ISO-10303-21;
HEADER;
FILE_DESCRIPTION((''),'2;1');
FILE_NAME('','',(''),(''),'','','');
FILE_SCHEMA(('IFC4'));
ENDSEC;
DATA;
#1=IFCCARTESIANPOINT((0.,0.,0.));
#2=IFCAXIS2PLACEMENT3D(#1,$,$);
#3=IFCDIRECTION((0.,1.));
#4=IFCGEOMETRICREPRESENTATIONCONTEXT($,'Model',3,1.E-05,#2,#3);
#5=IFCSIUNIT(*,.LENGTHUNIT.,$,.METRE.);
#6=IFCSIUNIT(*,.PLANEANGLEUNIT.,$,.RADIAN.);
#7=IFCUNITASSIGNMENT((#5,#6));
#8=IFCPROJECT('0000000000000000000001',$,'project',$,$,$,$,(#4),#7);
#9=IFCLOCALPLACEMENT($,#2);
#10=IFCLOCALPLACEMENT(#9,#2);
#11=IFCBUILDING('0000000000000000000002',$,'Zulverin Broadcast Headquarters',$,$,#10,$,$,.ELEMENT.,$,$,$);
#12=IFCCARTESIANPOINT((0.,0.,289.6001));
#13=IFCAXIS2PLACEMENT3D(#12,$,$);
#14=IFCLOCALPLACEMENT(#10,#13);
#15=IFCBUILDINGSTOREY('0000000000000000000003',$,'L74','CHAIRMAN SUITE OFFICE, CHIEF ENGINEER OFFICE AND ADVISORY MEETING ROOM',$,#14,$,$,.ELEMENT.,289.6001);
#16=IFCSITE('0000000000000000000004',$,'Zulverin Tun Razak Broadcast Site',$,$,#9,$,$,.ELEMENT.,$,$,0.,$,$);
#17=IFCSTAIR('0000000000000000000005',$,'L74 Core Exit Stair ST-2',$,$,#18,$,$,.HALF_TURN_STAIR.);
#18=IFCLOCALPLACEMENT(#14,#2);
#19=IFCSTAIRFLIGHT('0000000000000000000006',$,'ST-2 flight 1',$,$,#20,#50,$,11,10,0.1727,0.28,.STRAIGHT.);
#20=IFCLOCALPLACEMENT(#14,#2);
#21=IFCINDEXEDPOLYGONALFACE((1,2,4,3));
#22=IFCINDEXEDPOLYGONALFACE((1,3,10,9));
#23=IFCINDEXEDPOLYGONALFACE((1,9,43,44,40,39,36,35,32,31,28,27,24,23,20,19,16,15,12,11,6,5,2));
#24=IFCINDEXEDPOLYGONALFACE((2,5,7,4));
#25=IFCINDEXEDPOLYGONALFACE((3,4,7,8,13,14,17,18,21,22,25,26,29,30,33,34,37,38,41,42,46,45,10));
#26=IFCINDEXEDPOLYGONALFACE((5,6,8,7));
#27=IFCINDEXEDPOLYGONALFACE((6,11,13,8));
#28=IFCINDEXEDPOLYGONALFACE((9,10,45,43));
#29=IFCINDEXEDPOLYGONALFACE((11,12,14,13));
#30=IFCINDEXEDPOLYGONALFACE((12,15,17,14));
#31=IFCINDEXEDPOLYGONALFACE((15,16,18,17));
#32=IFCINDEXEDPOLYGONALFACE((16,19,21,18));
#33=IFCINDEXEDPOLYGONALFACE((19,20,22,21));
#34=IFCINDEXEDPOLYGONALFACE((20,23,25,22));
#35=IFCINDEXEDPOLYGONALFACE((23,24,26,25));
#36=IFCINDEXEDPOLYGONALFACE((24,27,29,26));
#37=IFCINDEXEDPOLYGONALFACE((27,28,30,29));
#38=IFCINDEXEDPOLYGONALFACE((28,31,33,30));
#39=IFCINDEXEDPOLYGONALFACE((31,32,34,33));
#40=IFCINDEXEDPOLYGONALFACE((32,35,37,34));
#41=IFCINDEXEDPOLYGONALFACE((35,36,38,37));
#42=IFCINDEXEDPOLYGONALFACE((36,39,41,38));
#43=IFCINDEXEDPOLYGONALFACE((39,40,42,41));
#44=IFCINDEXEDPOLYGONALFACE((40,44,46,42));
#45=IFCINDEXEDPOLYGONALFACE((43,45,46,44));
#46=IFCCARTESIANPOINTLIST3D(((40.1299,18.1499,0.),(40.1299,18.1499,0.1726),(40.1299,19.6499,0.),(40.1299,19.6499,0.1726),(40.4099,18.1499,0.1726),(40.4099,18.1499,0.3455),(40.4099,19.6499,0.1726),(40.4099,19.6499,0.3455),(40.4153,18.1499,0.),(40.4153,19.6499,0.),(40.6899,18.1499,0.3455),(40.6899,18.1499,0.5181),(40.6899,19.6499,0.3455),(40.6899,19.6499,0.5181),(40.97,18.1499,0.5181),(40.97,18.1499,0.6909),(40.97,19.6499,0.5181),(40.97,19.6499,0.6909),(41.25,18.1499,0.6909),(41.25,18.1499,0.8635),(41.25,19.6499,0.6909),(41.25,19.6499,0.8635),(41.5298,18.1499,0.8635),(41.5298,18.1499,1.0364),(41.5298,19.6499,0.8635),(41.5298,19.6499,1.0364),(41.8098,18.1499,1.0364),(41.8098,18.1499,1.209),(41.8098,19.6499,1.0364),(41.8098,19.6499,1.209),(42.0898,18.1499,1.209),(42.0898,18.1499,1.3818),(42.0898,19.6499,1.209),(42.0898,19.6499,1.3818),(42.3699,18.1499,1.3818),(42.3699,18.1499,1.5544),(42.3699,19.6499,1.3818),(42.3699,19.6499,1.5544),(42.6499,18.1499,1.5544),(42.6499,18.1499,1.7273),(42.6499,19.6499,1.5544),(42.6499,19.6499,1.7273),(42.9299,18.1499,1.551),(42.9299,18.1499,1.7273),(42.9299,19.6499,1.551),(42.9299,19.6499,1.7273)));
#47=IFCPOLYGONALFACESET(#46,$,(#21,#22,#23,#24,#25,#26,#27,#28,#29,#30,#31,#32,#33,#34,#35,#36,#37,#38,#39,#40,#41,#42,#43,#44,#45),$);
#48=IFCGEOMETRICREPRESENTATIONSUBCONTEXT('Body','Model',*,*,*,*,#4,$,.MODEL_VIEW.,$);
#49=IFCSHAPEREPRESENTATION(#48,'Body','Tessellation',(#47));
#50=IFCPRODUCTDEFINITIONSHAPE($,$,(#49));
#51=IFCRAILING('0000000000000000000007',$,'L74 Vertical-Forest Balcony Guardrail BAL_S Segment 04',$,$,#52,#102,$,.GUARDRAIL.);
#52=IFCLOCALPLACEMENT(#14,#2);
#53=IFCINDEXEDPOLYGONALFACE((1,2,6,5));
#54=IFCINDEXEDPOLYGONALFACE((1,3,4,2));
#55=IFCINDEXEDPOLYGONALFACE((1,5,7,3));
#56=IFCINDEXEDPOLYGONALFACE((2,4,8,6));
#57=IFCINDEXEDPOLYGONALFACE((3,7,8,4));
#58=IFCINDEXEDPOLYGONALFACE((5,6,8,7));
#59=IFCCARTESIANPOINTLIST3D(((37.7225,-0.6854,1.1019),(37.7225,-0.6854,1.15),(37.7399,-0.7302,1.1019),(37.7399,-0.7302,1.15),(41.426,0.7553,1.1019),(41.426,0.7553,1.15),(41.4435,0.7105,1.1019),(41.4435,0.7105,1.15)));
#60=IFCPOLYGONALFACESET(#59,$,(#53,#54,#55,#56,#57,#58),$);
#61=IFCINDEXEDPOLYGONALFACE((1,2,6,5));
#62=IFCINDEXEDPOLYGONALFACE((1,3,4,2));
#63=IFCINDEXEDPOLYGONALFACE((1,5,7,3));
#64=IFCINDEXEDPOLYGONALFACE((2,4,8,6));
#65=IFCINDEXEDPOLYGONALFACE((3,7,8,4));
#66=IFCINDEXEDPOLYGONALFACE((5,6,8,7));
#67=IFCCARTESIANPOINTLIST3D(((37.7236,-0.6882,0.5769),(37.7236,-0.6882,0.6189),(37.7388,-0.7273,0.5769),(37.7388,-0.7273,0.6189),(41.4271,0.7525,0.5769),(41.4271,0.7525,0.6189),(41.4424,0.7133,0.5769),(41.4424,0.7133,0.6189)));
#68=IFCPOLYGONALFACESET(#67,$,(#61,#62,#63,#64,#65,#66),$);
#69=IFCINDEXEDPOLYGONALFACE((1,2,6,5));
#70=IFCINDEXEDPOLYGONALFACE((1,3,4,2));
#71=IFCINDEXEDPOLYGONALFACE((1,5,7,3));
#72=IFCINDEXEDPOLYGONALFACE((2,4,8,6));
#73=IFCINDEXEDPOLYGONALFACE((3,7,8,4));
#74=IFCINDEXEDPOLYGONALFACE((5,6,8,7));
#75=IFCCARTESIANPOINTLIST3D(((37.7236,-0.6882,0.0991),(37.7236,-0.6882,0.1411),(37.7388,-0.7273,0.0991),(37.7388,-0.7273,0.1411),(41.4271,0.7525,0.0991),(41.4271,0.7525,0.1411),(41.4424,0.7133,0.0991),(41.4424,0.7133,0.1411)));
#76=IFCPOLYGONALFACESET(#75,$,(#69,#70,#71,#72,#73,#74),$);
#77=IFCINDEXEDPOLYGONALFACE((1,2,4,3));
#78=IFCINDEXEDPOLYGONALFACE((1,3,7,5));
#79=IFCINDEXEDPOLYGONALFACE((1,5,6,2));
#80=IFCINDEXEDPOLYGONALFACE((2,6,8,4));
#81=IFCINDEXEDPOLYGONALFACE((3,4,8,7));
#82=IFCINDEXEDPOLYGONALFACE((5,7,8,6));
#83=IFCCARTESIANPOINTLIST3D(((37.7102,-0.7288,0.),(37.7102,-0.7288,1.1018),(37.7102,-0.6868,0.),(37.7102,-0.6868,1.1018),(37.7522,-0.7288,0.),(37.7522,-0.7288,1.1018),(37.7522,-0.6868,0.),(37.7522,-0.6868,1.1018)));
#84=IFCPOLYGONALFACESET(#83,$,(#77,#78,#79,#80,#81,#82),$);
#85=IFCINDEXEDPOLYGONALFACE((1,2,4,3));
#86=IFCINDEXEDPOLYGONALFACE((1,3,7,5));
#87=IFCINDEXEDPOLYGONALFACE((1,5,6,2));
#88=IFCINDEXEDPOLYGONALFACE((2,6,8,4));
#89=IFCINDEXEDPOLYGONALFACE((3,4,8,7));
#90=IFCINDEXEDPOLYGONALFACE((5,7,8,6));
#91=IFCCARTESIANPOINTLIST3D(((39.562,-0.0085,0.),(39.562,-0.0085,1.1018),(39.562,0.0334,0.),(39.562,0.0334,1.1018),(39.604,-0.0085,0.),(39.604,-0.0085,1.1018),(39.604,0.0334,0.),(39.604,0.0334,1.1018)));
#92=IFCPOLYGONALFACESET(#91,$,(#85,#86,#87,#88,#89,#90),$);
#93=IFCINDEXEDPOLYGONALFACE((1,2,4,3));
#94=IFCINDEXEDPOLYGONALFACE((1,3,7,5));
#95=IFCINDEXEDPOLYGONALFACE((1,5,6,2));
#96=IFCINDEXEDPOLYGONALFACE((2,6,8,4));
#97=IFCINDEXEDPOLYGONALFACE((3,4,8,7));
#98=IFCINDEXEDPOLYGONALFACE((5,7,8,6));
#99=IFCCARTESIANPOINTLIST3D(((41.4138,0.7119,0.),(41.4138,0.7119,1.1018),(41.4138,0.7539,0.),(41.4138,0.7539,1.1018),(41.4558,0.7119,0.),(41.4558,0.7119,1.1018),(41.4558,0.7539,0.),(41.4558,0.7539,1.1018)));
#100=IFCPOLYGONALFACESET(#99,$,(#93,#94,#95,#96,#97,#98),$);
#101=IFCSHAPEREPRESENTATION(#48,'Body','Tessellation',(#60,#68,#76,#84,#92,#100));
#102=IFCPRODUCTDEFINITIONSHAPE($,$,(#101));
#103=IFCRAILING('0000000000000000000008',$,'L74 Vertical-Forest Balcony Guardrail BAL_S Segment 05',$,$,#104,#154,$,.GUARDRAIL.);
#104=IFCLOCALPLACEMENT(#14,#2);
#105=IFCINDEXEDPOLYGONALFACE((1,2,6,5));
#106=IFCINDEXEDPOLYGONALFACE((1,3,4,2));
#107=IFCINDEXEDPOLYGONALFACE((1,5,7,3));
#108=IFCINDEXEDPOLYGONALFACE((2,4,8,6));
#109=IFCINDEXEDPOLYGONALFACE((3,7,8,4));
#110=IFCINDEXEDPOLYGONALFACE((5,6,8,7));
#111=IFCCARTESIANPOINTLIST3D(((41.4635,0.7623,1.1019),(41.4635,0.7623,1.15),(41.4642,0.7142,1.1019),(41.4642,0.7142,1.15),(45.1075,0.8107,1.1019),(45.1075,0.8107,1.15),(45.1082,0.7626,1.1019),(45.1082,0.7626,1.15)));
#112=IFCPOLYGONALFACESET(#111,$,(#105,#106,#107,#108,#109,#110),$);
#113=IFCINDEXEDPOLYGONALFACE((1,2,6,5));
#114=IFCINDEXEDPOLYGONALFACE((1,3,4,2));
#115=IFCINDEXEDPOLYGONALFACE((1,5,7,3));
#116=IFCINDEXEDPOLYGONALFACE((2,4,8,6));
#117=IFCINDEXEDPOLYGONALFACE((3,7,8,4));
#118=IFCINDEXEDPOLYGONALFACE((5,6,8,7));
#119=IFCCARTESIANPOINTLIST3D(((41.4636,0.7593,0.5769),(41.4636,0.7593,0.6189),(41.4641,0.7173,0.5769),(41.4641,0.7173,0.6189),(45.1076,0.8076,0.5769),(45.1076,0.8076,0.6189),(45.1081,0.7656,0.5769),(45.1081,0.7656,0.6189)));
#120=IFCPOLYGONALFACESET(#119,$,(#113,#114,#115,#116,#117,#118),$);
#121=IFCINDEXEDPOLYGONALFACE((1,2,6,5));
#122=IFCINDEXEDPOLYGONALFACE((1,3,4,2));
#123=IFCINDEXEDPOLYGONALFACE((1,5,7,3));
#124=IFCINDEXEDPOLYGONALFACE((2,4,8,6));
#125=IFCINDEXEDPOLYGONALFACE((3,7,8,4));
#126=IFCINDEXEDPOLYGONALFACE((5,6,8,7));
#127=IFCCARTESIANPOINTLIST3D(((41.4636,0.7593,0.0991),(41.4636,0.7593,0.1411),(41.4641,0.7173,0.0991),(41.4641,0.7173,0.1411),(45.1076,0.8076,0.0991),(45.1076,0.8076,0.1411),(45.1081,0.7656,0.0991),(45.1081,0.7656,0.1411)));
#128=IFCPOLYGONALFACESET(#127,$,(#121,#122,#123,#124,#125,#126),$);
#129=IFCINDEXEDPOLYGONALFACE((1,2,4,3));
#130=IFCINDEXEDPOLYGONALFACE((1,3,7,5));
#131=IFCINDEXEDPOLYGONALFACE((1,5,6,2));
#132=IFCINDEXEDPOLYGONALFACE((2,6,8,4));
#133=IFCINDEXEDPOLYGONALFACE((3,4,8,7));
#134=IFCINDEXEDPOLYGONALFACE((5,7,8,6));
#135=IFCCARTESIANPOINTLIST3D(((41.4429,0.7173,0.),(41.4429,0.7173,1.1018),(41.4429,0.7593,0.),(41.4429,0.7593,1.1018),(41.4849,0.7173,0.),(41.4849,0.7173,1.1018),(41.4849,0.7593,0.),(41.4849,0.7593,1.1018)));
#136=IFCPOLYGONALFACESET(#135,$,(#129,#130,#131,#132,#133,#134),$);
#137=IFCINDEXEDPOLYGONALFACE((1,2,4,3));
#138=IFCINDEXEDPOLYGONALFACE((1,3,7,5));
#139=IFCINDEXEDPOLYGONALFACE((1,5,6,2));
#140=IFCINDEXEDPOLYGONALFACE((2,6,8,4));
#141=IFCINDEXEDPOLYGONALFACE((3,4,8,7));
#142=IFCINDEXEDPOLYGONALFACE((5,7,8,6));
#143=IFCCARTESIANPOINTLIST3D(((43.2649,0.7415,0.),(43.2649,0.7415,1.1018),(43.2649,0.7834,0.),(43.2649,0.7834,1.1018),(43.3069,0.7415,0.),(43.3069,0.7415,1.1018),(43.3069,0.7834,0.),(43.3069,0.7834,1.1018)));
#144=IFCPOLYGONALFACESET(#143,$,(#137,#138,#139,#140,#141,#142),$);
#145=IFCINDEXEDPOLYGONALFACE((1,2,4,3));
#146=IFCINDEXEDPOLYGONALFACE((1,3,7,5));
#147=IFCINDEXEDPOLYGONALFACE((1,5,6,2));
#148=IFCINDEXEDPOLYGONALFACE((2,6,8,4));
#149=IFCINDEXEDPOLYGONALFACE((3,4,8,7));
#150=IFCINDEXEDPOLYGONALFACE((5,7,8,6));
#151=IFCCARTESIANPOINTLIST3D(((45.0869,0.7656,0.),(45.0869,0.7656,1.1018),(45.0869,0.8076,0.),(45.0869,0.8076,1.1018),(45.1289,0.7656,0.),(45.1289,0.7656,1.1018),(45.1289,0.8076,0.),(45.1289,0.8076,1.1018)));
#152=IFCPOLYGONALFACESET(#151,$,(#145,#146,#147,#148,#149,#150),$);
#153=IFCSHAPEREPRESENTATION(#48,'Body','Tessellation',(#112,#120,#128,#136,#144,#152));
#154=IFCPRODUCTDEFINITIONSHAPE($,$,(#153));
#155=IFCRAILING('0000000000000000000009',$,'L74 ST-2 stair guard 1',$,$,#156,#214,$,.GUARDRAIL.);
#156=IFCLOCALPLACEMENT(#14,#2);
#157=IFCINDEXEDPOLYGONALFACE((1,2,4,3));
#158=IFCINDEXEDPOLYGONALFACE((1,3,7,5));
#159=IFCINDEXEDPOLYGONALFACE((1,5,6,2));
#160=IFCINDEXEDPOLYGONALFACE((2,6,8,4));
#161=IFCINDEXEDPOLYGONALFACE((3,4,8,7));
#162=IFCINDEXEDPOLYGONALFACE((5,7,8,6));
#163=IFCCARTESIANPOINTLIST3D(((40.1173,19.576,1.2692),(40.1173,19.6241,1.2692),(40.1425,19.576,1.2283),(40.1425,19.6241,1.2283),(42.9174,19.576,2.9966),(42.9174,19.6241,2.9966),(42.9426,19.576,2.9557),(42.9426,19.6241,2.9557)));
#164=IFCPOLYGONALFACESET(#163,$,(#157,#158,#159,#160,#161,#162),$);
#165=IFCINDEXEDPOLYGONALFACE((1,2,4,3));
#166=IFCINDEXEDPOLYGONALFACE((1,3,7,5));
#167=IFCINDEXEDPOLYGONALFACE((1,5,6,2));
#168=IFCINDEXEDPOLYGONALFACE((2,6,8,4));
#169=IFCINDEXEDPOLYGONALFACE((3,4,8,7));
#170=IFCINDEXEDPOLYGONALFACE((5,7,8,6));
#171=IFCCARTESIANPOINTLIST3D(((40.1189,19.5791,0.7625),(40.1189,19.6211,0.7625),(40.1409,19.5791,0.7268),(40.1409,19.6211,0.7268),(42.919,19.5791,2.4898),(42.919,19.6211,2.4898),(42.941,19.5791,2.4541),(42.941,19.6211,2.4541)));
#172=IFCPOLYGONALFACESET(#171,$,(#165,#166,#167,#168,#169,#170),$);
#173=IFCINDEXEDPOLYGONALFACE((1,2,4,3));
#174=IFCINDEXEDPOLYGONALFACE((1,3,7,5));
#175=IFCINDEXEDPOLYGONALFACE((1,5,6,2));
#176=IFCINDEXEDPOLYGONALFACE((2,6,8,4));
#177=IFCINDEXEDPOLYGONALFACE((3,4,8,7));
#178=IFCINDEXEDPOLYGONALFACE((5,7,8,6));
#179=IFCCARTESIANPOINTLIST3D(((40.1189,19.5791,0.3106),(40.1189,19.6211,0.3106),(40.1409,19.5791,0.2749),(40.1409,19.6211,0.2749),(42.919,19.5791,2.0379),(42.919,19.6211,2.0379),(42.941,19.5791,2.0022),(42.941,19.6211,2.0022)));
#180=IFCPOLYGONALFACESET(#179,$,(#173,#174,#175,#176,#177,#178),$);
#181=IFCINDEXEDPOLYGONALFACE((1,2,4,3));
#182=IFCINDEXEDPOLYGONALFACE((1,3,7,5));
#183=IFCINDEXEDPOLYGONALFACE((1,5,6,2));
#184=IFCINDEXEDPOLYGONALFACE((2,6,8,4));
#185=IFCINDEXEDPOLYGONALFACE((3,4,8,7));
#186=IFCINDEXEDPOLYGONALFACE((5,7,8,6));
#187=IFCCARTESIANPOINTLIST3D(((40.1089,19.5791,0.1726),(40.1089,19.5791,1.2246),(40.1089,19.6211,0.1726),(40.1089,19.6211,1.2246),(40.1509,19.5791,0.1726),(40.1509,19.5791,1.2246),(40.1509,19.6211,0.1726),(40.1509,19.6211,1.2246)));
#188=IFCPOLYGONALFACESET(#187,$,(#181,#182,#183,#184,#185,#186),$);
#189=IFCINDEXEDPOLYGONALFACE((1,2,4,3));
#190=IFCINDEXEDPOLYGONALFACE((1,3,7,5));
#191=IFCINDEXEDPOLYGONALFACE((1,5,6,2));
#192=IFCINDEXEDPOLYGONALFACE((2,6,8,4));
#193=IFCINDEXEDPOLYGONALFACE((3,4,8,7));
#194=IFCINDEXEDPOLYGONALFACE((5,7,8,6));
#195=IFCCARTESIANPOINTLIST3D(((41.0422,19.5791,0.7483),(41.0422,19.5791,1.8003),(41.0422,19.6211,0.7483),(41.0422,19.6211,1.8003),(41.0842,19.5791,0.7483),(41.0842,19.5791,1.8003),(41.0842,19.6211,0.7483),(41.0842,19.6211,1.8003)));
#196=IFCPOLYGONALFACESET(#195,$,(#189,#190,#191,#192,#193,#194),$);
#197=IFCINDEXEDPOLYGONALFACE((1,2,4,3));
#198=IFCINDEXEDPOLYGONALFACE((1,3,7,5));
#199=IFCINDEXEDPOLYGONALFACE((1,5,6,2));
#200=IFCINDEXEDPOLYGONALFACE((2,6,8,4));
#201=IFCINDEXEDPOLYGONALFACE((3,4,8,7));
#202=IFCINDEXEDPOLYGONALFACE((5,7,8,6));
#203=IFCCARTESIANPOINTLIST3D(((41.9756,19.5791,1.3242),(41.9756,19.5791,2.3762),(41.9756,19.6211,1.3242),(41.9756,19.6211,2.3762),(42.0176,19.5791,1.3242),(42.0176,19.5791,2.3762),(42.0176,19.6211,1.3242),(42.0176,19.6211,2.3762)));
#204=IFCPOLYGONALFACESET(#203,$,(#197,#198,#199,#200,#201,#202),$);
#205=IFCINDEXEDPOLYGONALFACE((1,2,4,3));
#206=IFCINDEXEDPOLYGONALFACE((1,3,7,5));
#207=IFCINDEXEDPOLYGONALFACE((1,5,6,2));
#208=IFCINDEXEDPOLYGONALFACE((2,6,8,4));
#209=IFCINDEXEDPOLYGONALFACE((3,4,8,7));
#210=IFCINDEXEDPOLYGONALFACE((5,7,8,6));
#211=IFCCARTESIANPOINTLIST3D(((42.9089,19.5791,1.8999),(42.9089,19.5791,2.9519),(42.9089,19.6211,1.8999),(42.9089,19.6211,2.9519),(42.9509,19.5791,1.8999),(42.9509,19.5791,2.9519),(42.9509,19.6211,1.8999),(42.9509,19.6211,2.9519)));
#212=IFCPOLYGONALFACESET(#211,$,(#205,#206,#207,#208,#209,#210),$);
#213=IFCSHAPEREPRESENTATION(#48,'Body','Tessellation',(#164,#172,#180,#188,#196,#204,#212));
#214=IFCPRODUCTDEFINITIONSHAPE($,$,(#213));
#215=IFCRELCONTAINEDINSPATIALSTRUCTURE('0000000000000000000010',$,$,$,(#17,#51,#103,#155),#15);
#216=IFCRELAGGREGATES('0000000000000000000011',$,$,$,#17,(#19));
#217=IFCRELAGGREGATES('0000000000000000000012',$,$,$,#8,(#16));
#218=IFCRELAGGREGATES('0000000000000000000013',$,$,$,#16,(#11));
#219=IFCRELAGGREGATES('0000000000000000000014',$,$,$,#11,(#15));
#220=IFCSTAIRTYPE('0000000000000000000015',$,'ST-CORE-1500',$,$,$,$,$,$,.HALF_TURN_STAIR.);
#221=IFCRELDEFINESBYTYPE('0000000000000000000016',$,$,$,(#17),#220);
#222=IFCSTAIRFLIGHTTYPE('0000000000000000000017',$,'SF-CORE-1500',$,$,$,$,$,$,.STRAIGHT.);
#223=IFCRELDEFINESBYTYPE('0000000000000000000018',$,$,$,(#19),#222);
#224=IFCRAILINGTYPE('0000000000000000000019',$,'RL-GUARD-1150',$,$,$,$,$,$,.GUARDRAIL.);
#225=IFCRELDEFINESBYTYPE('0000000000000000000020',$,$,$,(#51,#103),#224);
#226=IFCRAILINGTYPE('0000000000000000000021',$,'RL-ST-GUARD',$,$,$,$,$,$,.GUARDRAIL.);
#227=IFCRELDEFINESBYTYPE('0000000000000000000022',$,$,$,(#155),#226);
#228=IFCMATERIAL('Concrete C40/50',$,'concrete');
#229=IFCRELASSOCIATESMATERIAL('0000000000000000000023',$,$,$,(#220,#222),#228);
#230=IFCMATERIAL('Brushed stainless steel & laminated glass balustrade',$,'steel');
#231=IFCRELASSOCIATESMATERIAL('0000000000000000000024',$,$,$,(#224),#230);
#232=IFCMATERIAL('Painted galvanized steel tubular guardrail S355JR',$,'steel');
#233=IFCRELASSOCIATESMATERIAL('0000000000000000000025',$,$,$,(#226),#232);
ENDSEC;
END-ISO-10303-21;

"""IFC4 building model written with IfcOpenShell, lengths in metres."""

from ifc_helpers import new_model, si_unit, direction, frame, origin, origin_2d, place, context, subcontext, project, spatial, polyline, rectangle, outline, extrude, material, type_object, element, aggregate, save


model = new_model("IFC4")

# Units and contexts
model_context = context("Model", 3, precision=1e-05, world=origin(), true_north=direction((0.0, 1.0)))
body_context = subcontext(model_context, "Body", "Model", "MODEL_VIEW")
ifc_project = project(units=[si_unit("LENGTHUNIT", "METRE"), si_unit("PLANEANGLEUNIT", "RADIAN")], contexts=[model_context])

# Site, building, storey
site_placement = place(None, origin())
site = spatial("IfcSite", under=ifc_project, at=site_placement, Name="Zulverin Tun Razak Broadcast Site", CompositionType="ELEMENT", RefElevation=0.0)
building_placement = place(site_placement, origin())
building = spatial("IfcBuilding", under=site, at=building_placement, Name="Zulverin Broadcast Headquarters", CompositionType="ELEMENT")
storey_placement = place(building_placement, frame((0.0, 0.0, 289.6001)))
storey = spatial("IfcBuildingStorey", under=building, at=storey_placement, Name="L74", Description="CHAIRMAN SUITE OFFICE, CHIEF ENGINEER OFFICE AND ADVISORY MEETING ROOM", CompositionType="ELEMENT", Elevation=289.6001)

# Shared definitions
ifc_material_1 = material(Name="Concrete C40/50", Category="concrete")

# Stair, stair flight
stair_type = type_object("IfcStairType", Name="ST-CORE-1500", PredefinedType="HALF_TURN_STAIR", material=ifc_material_1)
stair_placement = place(storey_placement, origin())
stair = element("IfcStair", 1, at=stair_placement, inside=storey, type_object=stair_type, Name="L74 Core Exit Stair ST-2", PredefinedType="HALF_TURN_STAIR")
stair_flight_type = type_object("IfcStairFlightType", Name="SF-CORE-1500", PredefinedType="STRAIGHT", material=ifc_material_1)
stair_flight_placement = place(storey_placement, frame((40.1299, 18.8999, 0.0), z_axis=(0.0, 0.0, 1.0), x_axis=(1.0, 0.0, 0.0)))
stair_flight = element("IfcStairFlight", 2, at=stair_flight_placement, type_object=stair_flight_type, Name="ST-2 flight 1", NumberOfRisers=11, NumberOfTreads=10, PredefinedType="STRAIGHT", RiserHeight=0.1727, TreadLength=0.28, context=body_context, shape_type="SweptSolid", body=[
    extrude(outline(polyline([(0.0, 0.0), (0.0, 0.1726), (0.28, 0.1726), (0.28, 0.3455), (0.5601, 0.3455), (0.5601, 0.5181), (0.8401, 0.5181), (0.8401, 0.6909), (1.1201, 0.6909), (1.1201, 0.8635), (1.3999, 0.8635), (1.3999, 1.0364), (1.6799, 1.0364), (1.6799, 1.209), (1.96, 1.209), (1.96, 1.3818), (2.24, 1.3818), (2.24, 1.5544), (2.52, 1.5544), (2.52, 1.7273), (2.8, 1.7273), (2.8, 1.8999), (2.8, 1.551), (0.2854, 0.0), (0.0, 0.0)])), frame((0.0, 0.75, 0.0), z_axis=(0.0, -1.0, 0.0), x_axis=(1.0, 0.0, 0.0)), (0.0, 0.0, 1.0), 1.5),
])
aggregate(stair, [stair_flight])

# Railings
ifc_material_2 = material(Name="Brushed stainless steel & laminated glass balustrade", Category="steel")
railing_type_1 = type_object("IfcRailingType", Name="RL-GUARD-1150", PredefinedType="GUARDRAIL", material=ifc_material_2)
railing_1_placement = place(storey_placement, frame((37.7312, -0.7078, 0.0)))
element("IfcRailing", 3, at=railing_1_placement, inside=storey, type_object=railing_type_1, Name="L74 Vertical-Forest Balcony Guardrail BAL_S Segment 04", PredefinedType="GUARDRAIL", context=body_context, shape_type="SweptSolid", body=[
    extrude(rectangle(XDim=0.0481, YDim=0.0481, at=origin_2d()), frame((0.0, 0.0, 1.126), z_axis=(0.931972, 0.362529, 0.0), x_axis=(-0.362529, 0.931972, 0.0)), (0.0, 0.0, 1.0), 3.9739),
    extrude(rectangle(XDim=0.042, YDim=0.042, at=origin_2d()), frame((0.0, 0.0, 0.5979), z_axis=(0.931972, 0.362529, 0.0), x_axis=(-0.362529, 0.931972, 0.0)), (0.0, 0.0, 1.0), 3.9739),
    extrude(rectangle(XDim=0.042, YDim=0.042, at=origin_2d()), frame((0.0, 0.0, 0.1201), z_axis=(0.931972, 0.362529, 0.0), x_axis=(-0.362529, 0.931972, 0.0)), (0.0, 0.0, 1.0), 3.9739),
    extrude(rectangle(XDim=0.042, YDim=0.042, at=origin_2d()), origin(), (0.0, 0.0, 1.0), 1.1018),
    extrude(rectangle(XDim=0.042, YDim=0.042, at=origin_2d()), frame((1.8518, 0.7202, 0.0)), (0.0, 0.0, 1.0), 1.1018),
    extrude(rectangle(XDim=0.042, YDim=0.042, at=origin_2d()), frame((3.7036, 1.4407, 0.0)), (0.0, 0.0, 1.0), 1.1018),
])
railing_2_placement = place(storey_placement, frame((41.4639, 0.7383, 0.0)))
element("IfcRailing", 4, at=railing_2_placement, inside=storey, type_object=railing_type_1, Name="L74 Vertical-Forest Balcony Guardrail BAL_S Segment 05", PredefinedType="GUARDRAIL", context=body_context, shape_type="SweptSolid", body=[
    extrude(rectangle(XDim=0.0481, YDim=0.0481, at=origin_2d()), frame((0.0, 0.0, 1.126), z_axis=(0.999912, 0.013264, 0.0), x_axis=(-0.013264, 0.999912, 0.0)), (0.0, 0.0, 1.0), 3.6443),
    extrude(rectangle(XDim=0.042, YDim=0.042, at=origin_2d()), frame((0.0, 0.0, 0.5979), z_axis=(0.999912, 0.013264, 0.0), x_axis=(-0.013264, 0.999912, 0.0)), (0.0, 0.0, 1.0), 3.6443),
    extrude(rectangle(XDim=0.042, YDim=0.042, at=origin_2d()), frame((0.0, 0.0, 0.1201), z_axis=(0.999912, 0.013264, 0.0), x_axis=(-0.013264, 0.999912, 0.0)), (0.0, 0.0, 1.0), 3.6443),
    extrude(rectangle(XDim=0.042, YDim=0.042, at=origin_2d()), origin(), (0.0, 0.0, 1.0), 1.1018),
    extrude(rectangle(XDim=0.042, YDim=0.042, at=origin_2d()), frame((1.822, 0.0242, 0.0)), (0.0, 0.0, 1.0), 1.1018),
    extrude(rectangle(XDim=0.042, YDim=0.042, at=origin_2d()), frame((3.644, 0.0483, 0.0)), (0.0, 0.0, 1.0), 1.1018),
])
ifc_material_3 = material(Name="Painted galvanized steel tubular guardrail S355JR", Category="steel")
railing_type_2 = type_object("IfcRailingType", Name="RL-ST-GUARD", PredefinedType="GUARDRAIL", material=ifc_material_3)
railing_3_placement = place(storey_placement, frame((40.1299, 19.6001, 0.1726)))
element("IfcRailing", 5, at=railing_3_placement, inside=storey, type_object=railing_type_2, Name="L74 ST-2 stair guard 1", PredefinedType="GUARDRAIL", context=body_context, shape_type="SweptSolid", body=[
    extrude(rectangle(XDim=0.0481, YDim=0.0481, at=origin_2d()), frame((0.0, 0.0, 1.0762), z_axis=(0.85109, 0.0, 0.52502), x_axis=(0.0, 1.0, 0.0)), (0.0, 0.0, 1.0), 3.29),
    extrude(rectangle(XDim=0.042, YDim=0.042, at=origin_2d()), frame((0.0, 0.0, 0.572), z_axis=(0.85109, 0.0, 0.52502), x_axis=(0.0, 1.0, 0.0)), (0.0, 0.0, 1.0), 3.29),
    extrude(rectangle(XDim=0.042, YDim=0.042, at=origin_2d()), frame((0.0, 0.0, 0.1201), z_axis=(0.85109, 0.0, 0.52502), x_axis=(0.0, 1.0, 0.0)), (0.0, 0.0, 1.0), 3.29),
    extrude(rectangle(XDim=0.042, YDim=0.042, at=origin_2d()), origin(), (0.0, 0.0, 1.0), 1.052),
    extrude(rectangle(XDim=0.042, YDim=0.042, at=origin_2d()), frame((0.9333, 0.0, 0.5757)), (0.0, 0.0, 1.0), 1.052),
    extrude(rectangle(XDim=0.042, YDim=0.042, at=origin_2d()), frame((1.8667, 0.0, 1.1516)), (0.0, 0.0, 1.0), 1.052),
    extrude(rectangle(XDim=0.042, YDim=0.042, at=origin_2d()), frame((2.8, 0.0, 1.7273)), (0.0, 0.0, 1.0), 1.052),
])

save(model, "model.ifc")
